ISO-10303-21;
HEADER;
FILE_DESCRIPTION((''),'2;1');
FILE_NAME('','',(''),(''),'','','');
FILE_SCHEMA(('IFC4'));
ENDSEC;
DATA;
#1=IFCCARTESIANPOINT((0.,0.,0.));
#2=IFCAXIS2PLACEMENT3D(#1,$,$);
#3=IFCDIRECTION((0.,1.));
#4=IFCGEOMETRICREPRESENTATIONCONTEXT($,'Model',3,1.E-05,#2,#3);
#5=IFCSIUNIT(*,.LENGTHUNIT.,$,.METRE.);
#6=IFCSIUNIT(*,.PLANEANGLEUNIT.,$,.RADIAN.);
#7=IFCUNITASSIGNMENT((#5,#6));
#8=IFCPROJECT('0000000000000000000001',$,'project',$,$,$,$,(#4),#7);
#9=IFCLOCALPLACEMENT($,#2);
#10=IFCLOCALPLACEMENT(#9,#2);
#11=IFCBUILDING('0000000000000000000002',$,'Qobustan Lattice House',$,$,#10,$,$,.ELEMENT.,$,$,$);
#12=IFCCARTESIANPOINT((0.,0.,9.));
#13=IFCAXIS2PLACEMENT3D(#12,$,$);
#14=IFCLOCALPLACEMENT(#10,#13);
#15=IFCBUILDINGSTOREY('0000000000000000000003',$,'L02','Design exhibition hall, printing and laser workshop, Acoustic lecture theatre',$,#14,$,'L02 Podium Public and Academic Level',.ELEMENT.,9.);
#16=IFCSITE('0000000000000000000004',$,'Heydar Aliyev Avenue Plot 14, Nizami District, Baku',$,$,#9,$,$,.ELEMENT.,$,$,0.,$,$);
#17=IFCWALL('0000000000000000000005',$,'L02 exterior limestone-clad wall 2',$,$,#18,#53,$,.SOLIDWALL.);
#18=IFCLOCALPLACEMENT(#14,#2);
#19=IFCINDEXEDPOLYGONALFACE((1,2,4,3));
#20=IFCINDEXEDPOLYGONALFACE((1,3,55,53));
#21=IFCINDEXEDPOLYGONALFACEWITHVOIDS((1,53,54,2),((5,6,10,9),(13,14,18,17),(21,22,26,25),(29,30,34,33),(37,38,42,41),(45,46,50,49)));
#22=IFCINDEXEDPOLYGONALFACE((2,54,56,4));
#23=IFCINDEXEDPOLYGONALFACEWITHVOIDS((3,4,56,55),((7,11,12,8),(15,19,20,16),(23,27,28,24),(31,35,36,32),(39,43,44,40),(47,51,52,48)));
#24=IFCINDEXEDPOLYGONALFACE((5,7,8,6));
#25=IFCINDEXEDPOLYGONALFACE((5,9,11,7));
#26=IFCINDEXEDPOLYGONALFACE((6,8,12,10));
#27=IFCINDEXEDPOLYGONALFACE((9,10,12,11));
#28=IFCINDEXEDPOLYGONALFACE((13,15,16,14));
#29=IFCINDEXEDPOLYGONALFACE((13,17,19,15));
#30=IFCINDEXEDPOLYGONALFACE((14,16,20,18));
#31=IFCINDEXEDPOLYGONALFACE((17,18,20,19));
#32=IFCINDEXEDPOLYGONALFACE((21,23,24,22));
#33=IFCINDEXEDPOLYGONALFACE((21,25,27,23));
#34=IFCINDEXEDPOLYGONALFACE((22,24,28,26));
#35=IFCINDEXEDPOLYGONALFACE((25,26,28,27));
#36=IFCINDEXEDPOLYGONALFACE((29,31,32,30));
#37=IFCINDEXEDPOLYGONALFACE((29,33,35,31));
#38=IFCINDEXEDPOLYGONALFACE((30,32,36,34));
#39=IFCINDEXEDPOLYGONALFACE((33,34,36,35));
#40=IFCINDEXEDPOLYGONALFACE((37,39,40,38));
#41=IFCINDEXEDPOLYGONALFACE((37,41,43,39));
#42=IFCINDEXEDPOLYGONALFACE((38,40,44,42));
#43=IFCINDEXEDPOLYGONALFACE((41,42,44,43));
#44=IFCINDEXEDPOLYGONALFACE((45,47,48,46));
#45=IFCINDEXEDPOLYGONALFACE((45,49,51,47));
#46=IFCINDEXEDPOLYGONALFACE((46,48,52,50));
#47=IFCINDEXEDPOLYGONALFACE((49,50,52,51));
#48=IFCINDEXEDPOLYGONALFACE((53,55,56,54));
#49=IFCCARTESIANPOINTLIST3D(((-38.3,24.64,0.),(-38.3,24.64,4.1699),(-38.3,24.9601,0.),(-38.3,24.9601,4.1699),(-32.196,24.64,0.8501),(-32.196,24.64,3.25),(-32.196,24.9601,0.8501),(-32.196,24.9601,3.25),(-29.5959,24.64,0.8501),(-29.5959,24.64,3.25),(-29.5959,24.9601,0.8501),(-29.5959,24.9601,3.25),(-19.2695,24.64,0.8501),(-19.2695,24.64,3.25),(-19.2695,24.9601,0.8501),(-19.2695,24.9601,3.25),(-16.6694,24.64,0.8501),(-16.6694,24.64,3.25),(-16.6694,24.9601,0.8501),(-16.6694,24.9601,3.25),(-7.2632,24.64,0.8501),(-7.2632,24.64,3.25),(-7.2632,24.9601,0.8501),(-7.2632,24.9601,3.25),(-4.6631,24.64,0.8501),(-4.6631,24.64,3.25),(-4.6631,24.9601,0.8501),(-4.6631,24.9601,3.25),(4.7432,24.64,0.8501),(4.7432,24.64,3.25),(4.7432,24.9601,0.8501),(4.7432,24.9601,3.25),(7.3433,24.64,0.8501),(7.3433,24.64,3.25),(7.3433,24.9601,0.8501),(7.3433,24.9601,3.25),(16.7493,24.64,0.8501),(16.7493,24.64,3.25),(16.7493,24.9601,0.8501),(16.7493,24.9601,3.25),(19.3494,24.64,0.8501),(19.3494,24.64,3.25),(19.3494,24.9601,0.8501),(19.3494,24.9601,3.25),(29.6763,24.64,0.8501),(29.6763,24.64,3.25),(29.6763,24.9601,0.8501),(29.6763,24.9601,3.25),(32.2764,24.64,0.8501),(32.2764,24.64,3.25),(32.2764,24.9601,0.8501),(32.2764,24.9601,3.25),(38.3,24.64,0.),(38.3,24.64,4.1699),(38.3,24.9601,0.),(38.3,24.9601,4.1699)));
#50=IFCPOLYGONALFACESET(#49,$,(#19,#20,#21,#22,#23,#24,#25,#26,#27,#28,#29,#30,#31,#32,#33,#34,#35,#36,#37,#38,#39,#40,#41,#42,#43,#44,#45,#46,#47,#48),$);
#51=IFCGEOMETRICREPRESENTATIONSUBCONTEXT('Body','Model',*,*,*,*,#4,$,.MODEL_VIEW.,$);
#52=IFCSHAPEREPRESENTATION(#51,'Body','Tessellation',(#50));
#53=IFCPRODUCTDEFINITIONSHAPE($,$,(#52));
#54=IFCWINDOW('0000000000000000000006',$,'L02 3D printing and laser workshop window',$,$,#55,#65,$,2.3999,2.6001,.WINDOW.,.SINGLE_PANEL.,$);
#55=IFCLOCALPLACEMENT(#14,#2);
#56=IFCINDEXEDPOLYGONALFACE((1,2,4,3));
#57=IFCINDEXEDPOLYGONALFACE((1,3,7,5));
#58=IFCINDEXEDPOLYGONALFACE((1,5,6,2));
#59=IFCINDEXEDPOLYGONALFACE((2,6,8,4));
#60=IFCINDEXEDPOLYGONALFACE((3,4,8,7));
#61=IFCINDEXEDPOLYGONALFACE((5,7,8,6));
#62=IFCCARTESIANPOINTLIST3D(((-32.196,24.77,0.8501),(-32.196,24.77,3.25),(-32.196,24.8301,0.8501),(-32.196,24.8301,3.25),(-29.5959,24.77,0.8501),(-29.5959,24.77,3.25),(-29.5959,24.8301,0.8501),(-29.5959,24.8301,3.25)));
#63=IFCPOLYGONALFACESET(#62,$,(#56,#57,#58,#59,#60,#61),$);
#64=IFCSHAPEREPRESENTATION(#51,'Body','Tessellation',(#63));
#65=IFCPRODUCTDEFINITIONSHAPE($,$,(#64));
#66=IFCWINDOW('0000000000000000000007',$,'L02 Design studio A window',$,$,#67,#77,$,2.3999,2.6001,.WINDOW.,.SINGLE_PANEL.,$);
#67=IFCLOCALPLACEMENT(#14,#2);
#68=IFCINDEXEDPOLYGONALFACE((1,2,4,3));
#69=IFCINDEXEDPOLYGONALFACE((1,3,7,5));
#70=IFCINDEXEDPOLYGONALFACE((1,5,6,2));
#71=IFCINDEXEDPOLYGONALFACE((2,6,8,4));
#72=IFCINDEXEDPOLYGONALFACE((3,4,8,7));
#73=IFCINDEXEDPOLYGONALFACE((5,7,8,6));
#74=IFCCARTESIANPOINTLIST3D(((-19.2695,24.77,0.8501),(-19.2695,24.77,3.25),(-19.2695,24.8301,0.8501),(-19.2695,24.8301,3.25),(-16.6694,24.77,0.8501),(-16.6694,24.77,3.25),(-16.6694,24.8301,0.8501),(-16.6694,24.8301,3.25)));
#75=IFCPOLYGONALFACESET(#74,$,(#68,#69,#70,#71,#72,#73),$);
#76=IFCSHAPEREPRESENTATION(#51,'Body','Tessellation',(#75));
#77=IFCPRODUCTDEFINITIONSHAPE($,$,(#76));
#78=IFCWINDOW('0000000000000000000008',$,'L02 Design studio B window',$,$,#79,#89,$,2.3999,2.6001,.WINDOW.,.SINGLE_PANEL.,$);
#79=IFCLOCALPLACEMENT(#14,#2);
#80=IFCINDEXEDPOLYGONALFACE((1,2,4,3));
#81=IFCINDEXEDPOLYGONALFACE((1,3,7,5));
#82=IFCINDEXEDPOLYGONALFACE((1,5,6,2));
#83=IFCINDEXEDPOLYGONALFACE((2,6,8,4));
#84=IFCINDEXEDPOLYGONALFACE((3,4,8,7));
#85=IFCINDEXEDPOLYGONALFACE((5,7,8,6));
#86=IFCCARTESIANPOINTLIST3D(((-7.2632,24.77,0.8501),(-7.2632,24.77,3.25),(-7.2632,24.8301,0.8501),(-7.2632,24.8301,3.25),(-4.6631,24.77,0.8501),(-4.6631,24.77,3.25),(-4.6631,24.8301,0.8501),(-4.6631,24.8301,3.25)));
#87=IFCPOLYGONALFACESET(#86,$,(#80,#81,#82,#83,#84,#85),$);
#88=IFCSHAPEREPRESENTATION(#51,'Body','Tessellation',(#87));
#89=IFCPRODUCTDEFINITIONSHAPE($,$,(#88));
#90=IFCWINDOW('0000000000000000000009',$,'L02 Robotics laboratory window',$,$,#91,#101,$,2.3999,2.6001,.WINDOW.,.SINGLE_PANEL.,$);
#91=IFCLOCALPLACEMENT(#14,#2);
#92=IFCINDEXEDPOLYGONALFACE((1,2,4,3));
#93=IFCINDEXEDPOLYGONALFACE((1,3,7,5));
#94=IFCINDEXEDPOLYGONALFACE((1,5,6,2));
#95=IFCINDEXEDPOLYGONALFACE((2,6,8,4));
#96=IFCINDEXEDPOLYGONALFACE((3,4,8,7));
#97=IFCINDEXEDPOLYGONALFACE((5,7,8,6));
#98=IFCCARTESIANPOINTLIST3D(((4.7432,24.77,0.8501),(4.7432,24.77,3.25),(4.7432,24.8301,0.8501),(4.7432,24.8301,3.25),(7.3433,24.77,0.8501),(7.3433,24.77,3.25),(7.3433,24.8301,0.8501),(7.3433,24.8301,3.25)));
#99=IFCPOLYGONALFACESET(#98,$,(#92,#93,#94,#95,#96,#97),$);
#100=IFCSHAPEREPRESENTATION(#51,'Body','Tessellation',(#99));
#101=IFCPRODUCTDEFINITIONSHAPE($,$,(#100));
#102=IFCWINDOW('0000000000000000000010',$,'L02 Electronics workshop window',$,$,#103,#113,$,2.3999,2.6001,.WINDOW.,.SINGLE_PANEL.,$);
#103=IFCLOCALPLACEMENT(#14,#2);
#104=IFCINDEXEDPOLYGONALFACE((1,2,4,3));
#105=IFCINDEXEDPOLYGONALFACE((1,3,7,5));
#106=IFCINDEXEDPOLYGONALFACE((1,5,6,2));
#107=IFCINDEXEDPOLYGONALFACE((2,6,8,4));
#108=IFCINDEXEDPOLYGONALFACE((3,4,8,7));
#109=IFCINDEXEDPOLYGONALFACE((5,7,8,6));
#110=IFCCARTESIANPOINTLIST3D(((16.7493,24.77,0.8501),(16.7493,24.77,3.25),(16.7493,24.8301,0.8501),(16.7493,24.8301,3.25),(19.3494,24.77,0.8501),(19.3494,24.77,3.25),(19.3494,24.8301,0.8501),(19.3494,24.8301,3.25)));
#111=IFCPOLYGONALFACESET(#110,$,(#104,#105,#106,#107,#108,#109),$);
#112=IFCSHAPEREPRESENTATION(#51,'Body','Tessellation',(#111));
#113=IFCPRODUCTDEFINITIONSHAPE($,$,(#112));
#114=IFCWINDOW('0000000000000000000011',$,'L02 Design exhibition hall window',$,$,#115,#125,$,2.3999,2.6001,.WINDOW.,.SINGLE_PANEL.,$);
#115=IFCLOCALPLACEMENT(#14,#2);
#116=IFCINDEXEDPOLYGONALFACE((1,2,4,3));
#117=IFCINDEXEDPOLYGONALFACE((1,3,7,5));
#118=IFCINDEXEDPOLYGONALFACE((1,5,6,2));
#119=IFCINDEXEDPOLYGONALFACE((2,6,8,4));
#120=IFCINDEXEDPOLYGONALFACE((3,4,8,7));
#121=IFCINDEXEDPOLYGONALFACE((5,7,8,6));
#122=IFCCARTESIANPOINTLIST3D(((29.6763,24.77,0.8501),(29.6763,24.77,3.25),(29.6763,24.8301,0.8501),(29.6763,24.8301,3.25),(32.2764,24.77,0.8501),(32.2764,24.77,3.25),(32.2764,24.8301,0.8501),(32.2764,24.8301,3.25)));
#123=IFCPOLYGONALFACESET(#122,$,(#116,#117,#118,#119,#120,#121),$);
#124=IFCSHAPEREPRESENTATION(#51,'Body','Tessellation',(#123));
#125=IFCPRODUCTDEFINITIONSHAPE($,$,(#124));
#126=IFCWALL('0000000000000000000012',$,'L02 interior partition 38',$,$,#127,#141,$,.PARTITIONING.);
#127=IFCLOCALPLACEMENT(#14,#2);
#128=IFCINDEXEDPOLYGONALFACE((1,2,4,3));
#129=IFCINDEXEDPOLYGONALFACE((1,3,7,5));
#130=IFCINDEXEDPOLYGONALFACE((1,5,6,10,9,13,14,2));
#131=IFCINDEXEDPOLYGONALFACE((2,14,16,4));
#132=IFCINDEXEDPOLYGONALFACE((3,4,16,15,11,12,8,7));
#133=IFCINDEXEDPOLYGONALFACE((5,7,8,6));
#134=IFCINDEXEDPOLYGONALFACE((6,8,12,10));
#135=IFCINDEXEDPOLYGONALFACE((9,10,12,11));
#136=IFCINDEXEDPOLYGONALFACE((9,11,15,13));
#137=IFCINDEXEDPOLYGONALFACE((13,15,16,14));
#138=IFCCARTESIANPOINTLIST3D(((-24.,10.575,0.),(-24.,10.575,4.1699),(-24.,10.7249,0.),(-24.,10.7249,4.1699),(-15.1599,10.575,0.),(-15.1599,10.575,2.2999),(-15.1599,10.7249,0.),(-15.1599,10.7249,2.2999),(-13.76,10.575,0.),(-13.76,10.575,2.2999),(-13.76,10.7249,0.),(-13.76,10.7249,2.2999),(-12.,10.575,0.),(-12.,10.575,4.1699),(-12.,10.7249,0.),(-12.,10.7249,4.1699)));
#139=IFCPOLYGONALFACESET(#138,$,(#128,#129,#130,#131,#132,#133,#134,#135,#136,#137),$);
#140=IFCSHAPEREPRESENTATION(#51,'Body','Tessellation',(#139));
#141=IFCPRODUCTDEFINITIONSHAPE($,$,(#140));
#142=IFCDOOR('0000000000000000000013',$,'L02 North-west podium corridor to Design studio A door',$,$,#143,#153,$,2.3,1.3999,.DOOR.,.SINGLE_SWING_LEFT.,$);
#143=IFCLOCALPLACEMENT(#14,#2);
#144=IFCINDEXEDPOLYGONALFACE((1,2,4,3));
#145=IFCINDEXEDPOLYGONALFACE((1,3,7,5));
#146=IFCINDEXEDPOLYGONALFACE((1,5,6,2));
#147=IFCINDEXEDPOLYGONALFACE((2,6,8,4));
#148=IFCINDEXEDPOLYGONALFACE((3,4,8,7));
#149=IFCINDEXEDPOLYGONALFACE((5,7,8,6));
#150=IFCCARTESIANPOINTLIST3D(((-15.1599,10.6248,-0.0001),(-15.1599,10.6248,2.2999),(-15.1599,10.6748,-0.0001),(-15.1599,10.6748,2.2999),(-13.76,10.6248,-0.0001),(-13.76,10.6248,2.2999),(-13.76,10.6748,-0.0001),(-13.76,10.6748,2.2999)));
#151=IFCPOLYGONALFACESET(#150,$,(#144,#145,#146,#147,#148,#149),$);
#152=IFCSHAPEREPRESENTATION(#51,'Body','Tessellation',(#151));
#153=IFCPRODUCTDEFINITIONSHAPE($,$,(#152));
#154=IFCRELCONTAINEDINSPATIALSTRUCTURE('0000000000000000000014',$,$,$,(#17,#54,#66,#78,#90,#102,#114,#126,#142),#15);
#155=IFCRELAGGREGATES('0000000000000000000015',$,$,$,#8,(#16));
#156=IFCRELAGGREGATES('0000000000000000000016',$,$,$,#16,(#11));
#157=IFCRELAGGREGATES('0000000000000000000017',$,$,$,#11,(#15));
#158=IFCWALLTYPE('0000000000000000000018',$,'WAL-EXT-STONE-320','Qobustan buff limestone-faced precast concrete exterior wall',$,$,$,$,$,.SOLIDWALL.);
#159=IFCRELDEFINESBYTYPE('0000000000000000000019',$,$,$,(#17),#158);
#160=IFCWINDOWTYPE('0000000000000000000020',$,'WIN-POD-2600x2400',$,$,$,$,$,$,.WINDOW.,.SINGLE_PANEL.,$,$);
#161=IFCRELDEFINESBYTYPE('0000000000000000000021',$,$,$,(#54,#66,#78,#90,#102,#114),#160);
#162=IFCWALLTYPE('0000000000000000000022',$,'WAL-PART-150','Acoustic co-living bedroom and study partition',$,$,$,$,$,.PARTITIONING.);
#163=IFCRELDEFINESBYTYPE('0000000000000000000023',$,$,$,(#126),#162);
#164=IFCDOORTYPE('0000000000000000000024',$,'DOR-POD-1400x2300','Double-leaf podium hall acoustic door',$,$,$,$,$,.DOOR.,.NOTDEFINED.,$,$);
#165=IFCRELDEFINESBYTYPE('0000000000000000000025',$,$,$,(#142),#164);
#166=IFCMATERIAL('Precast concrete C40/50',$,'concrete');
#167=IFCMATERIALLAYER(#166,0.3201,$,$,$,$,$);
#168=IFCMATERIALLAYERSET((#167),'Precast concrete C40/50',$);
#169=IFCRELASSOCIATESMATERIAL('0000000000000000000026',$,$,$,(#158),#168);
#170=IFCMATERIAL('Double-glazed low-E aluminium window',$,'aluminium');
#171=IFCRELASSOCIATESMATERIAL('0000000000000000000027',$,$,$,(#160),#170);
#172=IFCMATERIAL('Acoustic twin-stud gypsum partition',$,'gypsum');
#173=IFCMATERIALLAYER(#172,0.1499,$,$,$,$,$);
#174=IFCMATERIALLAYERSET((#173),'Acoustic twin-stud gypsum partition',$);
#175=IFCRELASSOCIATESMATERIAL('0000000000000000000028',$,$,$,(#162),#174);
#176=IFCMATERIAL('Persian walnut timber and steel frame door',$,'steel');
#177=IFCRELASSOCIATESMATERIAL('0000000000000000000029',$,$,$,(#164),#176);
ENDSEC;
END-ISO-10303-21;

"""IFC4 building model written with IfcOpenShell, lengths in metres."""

from ifc_helpers import new_model, si_unit, direction, frame, frame_2d, origin, place, context, subcontext, project, spatial, rectangle, extrude, material, layer, layer_set, type_object, element, fill, save


model = new_model("IFC4")

# Units and contexts
model_context = context("Model", 3, precision=1e-05, world=origin(), true_north=direction((0.0, 1.0)))
body_context = subcontext(model_context, "Body", "Model", "MODEL_VIEW")
ifc_project = project(units=[si_unit("LENGTHUNIT", "METRE"), si_unit("PLANEANGLEUNIT", "RADIAN")], contexts=[model_context])

# Site, building, storey
site_placement = place(None, origin())
site = spatial("IfcSite", under=ifc_project, at=site_placement, Name="Heydar Aliyev Avenue Plot 14, Nizami District, Baku", CompositionType="ELEMENT", RefElevation=0.0)
building_placement = place(site_placement, origin())
building = spatial("IfcBuilding", under=site, at=building_placement, Name="Qobustan Lattice House", CompositionType="ELEMENT")
storey_placement = place(building_placement, frame((0.0, 0.0, 9.0)))
storey = spatial("IfcBuildingStorey", under=building, at=storey_placement, Name="L02", Description="Design exhibition hall, printing and laser workshop, Acoustic lecture theatre", LongName="L02 Podium Public and Academic Level", CompositionType="ELEMENT", Elevation=9.0)

# Wall, openings, windows
ifc_material_1 = material(Name="Precast concrete C40/50", Category="concrete")
ifc_layer_1 = layer(ifc_material_1, 0.3201)
ifc_layer_set_1 = layer_set([ifc_layer_1], Name="Precast concrete C40/50")
wall_type_1 = type_object("IfcWallType", Name="WAL-EXT-STONE-320", Description="Qobustan buff limestone-faced precast concrete exterior wall", PredefinedType="SOLIDWALL", material=ifc_layer_set_1)
wall_1_placement = place(storey_placement, frame((-38.3, 24.8, 0.0), z_axis=(0.0, 0.0, 1.0), x_axis=(1.0, 0.0, 0.0)))
wall_1 = element("IfcWall", 1, at=wall_1_placement, inside=storey, type_object=wall_type_1, Name="L02 exterior limestone-clad wall 2", PredefinedType="SOLIDWALL", context=body_context, shape_type="SweptSolid", body=[
    extrude(rectangle(XDim=76.6001, YDim=0.3201, at=frame_2d((38.3, 0.0))), origin(), (0.0, 0.0, 1.0), 4.1699),
])
opening_1_placement = place(wall_1_placement, frame((6.104, 0.0, 0.8501)))
opening_1 = element("IfcOpeningElement", 2, at=opening_1_placement, cuts=wall_1, PredefinedType="OPENING", context=body_context, shape_type="SweptSolid", body=[
    extrude(rectangle(XDim=2.6001, YDim=2.3999, at=frame_2d((1.3, 1.2))), frame((0.0, 0.1699, 0.0), z_axis=(0.0, -1.0, 0.0), x_axis=(1.0, 0.0, 0.0)), (0.0, 0.0, 1.0), 0.3401),
])
opening_2_placement = place(wall_1_placement, frame((19.0305, 0.0, 0.8501)))
opening_2 = element("IfcOpeningElement", 3, at=opening_2_placement, cuts=wall_1, PredefinedType="OPENING", context=body_context, shape_type="SweptSolid", body=[
    extrude(rectangle(XDim=2.6001, YDim=2.3999, at=frame_2d((1.3, 1.2))), frame((0.0, 0.1699, 0.0), z_axis=(0.0, -1.0, 0.0), x_axis=(1.0, 0.0, 0.0)), (0.0, 0.0, 1.0), 0.3401),
])
opening_3_placement = place(wall_1_placement, frame((31.0369, 0.0, 0.8501)))
opening_3 = element("IfcOpeningElement", 4, at=opening_3_placement, cuts=wall_1, PredefinedType="OPENING", context=body_context, shape_type="SweptSolid", body=[
    extrude(rectangle(XDim=2.6001, YDim=2.3999, at=frame_2d((1.3, 1.2))), frame((0.0, 0.1699, 0.0), z_axis=(0.0, -1.0, 0.0), x_axis=(1.0, 0.0, 0.0)), (0.0, 0.0, 1.0), 0.3401),
])
opening_4_placement = place(wall_1_placement, frame((43.0432, 0.0, 0.8501)))
opening_4 = element("IfcOpeningElement", 5, at=opening_4_placement, cuts=wall_1, PredefinedType="OPENING", context=body_context, shape_type="SweptSolid", body=[
    extrude(rectangle(XDim=2.6001, YDim=2.3999, at=frame_2d((1.3, 1.2))), frame((0.0, 0.1699, 0.0), z_axis=(0.0, -1.0, 0.0), x_axis=(1.0, 0.0, 0.0)), (0.0, 0.0, 1.0), 0.3401),
])
opening_5_placement = place(wall_1_placement, frame((55.0493, 0.0, 0.8501)))
opening_5 = element("IfcOpeningElement", 6, at=opening_5_placement, cuts=wall_1, PredefinedType="OPENING", context=body_context, shape_type="SweptSolid", body=[
    extrude(rectangle(XDim=2.6001, YDim=2.3999, at=frame_2d((1.3, 1.2))), frame((0.0, 0.1699, 0.0), z_axis=(0.0, -1.0, 0.0), x_axis=(1.0, 0.0, 0.0)), (0.0, 0.0, 1.0), 0.3401),
])
opening_6_placement = place(wall_1_placement, frame((67.9763, 0.0, 0.8501)))
opening_6 = element("IfcOpeningElement", 7, at=opening_6_placement, cuts=wall_1, PredefinedType="OPENING", context=body_context, shape_type="SweptSolid", body=[
    extrude(rectangle(XDim=2.6001, YDim=2.3999, at=frame_2d((1.3, 1.2))), frame((0.0, 0.1699, 0.0), z_axis=(0.0, -1.0, 0.0), x_axis=(1.0, 0.0, 0.0)), (0.0, 0.0, 1.0), 0.3401),
])
ifc_material_2 = material(Name="Double-glazed low-E aluminium window", Category="aluminium")
window_type = type_object("IfcWindowType", Name="WIN-POD-2600x2400", PartitioningType="SINGLE_PANEL", PredefinedType="WINDOW", material=ifc_material_2)
window_1_placement = place(opening_1_placement, origin())
window_1 = element("IfcWindow", 8, at=window_1_placement, inside=storey, type_object=window_type, Name="L02 3D printing and laser workshop window", OverallHeight=2.3999, OverallWidth=2.6001, PartitioningType="SINGLE_PANEL", PredefinedType="WINDOW", context=body_context, shape_type="SweptSolid", body=[
    extrude(rectangle(XDim=2.6001, YDim=2.3999, at=frame_2d((1.3, 1.2))), frame((0.0, 0.03, 0.0), z_axis=(0.0, -1.0, 0.0), x_axis=(1.0, 0.0, 0.0)), (0.0, 0.0, 1.0), 0.0601),
])
fill(opening_1, window_1)
window_2_placement = place(opening_2_placement, origin())
window_2 = element("IfcWindow", 9, at=window_2_placement, inside=storey, type_object=window_type, Name="L02 Design studio A window", OverallHeight=2.3999, OverallWidth=2.6001, PartitioningType="SINGLE_PANEL", PredefinedType="WINDOW", context=body_context, shape_type="SweptSolid", body=[
    extrude(rectangle(XDim=2.6001, YDim=2.3999, at=frame_2d((1.3, 1.2))), frame((0.0, 0.03, 0.0), z_axis=(0.0, -1.0, 0.0), x_axis=(1.0, 0.0, 0.0)), (0.0, 0.0, 1.0), 0.0601),
])
fill(opening_2, window_2)
window_3_placement = place(opening_3_placement, origin())
window_3 = element("IfcWindow", 10, at=window_3_placement, inside=storey, type_object=window_type, Name="L02 Design studio B window", OverallHeight=2.3999, OverallWidth=2.6001, PartitioningType="SINGLE_PANEL", PredefinedType="WINDOW", context=body_context, shape_type="SweptSolid", body=[
    extrude(rectangle(XDim=2.6001, YDim=2.3999, at=frame_2d((1.3, 1.2))), frame((0.0, 0.03, 0.0), z_axis=(0.0, -1.0, 0.0), x_axis=(1.0, 0.0, 0.0)), (0.0, 0.0, 1.0), 0.0601),
])
fill(opening_3, window_3)
window_4_placement = place(opening_4_placement, origin())
window_4 = element("IfcWindow", 11, at=window_4_placement, inside=storey, type_object=window_type, Name="L02 Robotics laboratory window", OverallHeight=2.3999, OverallWidth=2.6001, PartitioningType="SINGLE_PANEL", PredefinedType="WINDOW", context=body_context, shape_type="SweptSolid", body=[
    extrude(rectangle(XDim=2.6001, YDim=2.3999, at=frame_2d((1.3, 1.2))), frame((0.0, 0.03, 0.0), z_axis=(0.0, -1.0, 0.0), x_axis=(1.0, 0.0, 0.0)), (0.0, 0.0, 1.0), 0.0601),
])
fill(opening_4, window_4)
window_5_placement = place(opening_5_placement, origin())
window_5 = element("IfcWindow", 12, at=window_5_placement, inside=storey, type_object=window_type, Name="L02 Electronics workshop window", OverallHeight=2.3999, OverallWidth=2.6001, PartitioningType="SINGLE_PANEL", PredefinedType="WINDOW", context=body_context, shape_type="SweptSolid", body=[
    extrude(rectangle(XDim=2.6001, YDim=2.3999, at=frame_2d((1.3, 1.2))), frame((0.0, 0.03, 0.0), z_axis=(0.0, -1.0, 0.0), x_axis=(1.0, 0.0, 0.0)), (0.0, 0.0, 1.0), 0.0601),
])
fill(opening_5, window_5)
window_6_placement = place(opening_6_placement, origin())
window_6 = element("IfcWindow", 13, at=window_6_placement, inside=storey, type_object=window_type, Name="L02 Design exhibition hall window", OverallHeight=2.3999, OverallWidth=2.6001, PartitioningType="SINGLE_PANEL", PredefinedType="WINDOW", context=body_context, shape_type="SweptSolid", body=[
    extrude(rectangle(XDim=2.6001, YDim=2.3999, at=frame_2d((1.3, 1.2))), frame((0.0, 0.03, 0.0), z_axis=(0.0, -1.0, 0.0), x_axis=(1.0, 0.0, 0.0)), (0.0, 0.0, 1.0), 0.0601),
])
fill(opening_6, window_6)

# Wall, opening, door
ifc_material_3 = material(Name="Acoustic twin-stud gypsum partition", Category="gypsum")
ifc_layer_2 = layer(ifc_material_3, 0.1499)
ifc_layer_set_2 = layer_set([ifc_layer_2], Name="Acoustic twin-stud gypsum partition")
wall_type_2 = type_object("IfcWallType", Name="WAL-PART-150", Description="Acoustic co-living bedroom and study partition", PredefinedType="PARTITIONING", material=ifc_layer_set_2)
wall_2_placement = place(storey_placement, frame((-24.0, 10.6499, 0.0), z_axis=(0.0, 0.0, 1.0), x_axis=(1.0, 0.0, 0.0)))
wall_2 = element("IfcWall", 14, at=wall_2_placement, inside=storey, type_object=wall_type_2, Name="L02 interior partition 38", PredefinedType="PARTITIONING", context=body_context, shape_type="SweptSolid", body=[
    extrude(rectangle(XDim=12.0, YDim=0.1499, at=frame_2d((6.0, 0.0))), origin(), (0.0, 0.0, 1.0), 4.1699),
])
opening_7_placement = place(wall_2_placement, frame((8.8401, 0.0, 0.0)))
opening_7 = element("IfcOpeningElement", 15, at=opening_7_placement, cuts=wall_2, PredefinedType="OPENING", context=body_context, shape_type="SweptSolid", body=[
    extrude(rectangle(XDim=1.3999, YDim=2.3, at=frame_2d((0.7, 1.1499))), frame((0.0, 0.085, 0.0), z_axis=(0.0, -1.0, 0.0), x_axis=(1.0, 0.0, 0.0)), (0.0, 0.0, 1.0), 0.1699),
])
ifc_material_4 = material(Name="Persian walnut timber and steel frame door", Category="steel")
door_type = type_object("IfcDoorType", Name="DOR-POD-1400x2300", Description="Double-leaf podium hall acoustic door", OperationType="NOTDEFINED", PredefinedType="DOOR", material=ifc_material_4)
door_placement = place(opening_7_placement, origin())
door = element("IfcDoor", 16, at=door_placement, inside=storey, type_object=door_type, Name="L02 North-west podium corridor to Design studio A door", OperationType="SINGLE_SWING_LEFT", OverallHeight=2.3, OverallWidth=1.3999, PredefinedType="DOOR", context=body_context, shape_type="SweptSolid", body=[
    extrude(rectangle(XDim=1.3999, YDim=2.3, at=frame_2d((0.7, 1.1499))), frame((0.0, 0.0249, 0.0), z_axis=(0.0, -1.0, 0.0), x_axis=(1.0, 0.0, 0.0)), (0.0, 0.0, 1.0), 0.05),
])
fill(opening_7, door)

save(model, "model.ifc")
